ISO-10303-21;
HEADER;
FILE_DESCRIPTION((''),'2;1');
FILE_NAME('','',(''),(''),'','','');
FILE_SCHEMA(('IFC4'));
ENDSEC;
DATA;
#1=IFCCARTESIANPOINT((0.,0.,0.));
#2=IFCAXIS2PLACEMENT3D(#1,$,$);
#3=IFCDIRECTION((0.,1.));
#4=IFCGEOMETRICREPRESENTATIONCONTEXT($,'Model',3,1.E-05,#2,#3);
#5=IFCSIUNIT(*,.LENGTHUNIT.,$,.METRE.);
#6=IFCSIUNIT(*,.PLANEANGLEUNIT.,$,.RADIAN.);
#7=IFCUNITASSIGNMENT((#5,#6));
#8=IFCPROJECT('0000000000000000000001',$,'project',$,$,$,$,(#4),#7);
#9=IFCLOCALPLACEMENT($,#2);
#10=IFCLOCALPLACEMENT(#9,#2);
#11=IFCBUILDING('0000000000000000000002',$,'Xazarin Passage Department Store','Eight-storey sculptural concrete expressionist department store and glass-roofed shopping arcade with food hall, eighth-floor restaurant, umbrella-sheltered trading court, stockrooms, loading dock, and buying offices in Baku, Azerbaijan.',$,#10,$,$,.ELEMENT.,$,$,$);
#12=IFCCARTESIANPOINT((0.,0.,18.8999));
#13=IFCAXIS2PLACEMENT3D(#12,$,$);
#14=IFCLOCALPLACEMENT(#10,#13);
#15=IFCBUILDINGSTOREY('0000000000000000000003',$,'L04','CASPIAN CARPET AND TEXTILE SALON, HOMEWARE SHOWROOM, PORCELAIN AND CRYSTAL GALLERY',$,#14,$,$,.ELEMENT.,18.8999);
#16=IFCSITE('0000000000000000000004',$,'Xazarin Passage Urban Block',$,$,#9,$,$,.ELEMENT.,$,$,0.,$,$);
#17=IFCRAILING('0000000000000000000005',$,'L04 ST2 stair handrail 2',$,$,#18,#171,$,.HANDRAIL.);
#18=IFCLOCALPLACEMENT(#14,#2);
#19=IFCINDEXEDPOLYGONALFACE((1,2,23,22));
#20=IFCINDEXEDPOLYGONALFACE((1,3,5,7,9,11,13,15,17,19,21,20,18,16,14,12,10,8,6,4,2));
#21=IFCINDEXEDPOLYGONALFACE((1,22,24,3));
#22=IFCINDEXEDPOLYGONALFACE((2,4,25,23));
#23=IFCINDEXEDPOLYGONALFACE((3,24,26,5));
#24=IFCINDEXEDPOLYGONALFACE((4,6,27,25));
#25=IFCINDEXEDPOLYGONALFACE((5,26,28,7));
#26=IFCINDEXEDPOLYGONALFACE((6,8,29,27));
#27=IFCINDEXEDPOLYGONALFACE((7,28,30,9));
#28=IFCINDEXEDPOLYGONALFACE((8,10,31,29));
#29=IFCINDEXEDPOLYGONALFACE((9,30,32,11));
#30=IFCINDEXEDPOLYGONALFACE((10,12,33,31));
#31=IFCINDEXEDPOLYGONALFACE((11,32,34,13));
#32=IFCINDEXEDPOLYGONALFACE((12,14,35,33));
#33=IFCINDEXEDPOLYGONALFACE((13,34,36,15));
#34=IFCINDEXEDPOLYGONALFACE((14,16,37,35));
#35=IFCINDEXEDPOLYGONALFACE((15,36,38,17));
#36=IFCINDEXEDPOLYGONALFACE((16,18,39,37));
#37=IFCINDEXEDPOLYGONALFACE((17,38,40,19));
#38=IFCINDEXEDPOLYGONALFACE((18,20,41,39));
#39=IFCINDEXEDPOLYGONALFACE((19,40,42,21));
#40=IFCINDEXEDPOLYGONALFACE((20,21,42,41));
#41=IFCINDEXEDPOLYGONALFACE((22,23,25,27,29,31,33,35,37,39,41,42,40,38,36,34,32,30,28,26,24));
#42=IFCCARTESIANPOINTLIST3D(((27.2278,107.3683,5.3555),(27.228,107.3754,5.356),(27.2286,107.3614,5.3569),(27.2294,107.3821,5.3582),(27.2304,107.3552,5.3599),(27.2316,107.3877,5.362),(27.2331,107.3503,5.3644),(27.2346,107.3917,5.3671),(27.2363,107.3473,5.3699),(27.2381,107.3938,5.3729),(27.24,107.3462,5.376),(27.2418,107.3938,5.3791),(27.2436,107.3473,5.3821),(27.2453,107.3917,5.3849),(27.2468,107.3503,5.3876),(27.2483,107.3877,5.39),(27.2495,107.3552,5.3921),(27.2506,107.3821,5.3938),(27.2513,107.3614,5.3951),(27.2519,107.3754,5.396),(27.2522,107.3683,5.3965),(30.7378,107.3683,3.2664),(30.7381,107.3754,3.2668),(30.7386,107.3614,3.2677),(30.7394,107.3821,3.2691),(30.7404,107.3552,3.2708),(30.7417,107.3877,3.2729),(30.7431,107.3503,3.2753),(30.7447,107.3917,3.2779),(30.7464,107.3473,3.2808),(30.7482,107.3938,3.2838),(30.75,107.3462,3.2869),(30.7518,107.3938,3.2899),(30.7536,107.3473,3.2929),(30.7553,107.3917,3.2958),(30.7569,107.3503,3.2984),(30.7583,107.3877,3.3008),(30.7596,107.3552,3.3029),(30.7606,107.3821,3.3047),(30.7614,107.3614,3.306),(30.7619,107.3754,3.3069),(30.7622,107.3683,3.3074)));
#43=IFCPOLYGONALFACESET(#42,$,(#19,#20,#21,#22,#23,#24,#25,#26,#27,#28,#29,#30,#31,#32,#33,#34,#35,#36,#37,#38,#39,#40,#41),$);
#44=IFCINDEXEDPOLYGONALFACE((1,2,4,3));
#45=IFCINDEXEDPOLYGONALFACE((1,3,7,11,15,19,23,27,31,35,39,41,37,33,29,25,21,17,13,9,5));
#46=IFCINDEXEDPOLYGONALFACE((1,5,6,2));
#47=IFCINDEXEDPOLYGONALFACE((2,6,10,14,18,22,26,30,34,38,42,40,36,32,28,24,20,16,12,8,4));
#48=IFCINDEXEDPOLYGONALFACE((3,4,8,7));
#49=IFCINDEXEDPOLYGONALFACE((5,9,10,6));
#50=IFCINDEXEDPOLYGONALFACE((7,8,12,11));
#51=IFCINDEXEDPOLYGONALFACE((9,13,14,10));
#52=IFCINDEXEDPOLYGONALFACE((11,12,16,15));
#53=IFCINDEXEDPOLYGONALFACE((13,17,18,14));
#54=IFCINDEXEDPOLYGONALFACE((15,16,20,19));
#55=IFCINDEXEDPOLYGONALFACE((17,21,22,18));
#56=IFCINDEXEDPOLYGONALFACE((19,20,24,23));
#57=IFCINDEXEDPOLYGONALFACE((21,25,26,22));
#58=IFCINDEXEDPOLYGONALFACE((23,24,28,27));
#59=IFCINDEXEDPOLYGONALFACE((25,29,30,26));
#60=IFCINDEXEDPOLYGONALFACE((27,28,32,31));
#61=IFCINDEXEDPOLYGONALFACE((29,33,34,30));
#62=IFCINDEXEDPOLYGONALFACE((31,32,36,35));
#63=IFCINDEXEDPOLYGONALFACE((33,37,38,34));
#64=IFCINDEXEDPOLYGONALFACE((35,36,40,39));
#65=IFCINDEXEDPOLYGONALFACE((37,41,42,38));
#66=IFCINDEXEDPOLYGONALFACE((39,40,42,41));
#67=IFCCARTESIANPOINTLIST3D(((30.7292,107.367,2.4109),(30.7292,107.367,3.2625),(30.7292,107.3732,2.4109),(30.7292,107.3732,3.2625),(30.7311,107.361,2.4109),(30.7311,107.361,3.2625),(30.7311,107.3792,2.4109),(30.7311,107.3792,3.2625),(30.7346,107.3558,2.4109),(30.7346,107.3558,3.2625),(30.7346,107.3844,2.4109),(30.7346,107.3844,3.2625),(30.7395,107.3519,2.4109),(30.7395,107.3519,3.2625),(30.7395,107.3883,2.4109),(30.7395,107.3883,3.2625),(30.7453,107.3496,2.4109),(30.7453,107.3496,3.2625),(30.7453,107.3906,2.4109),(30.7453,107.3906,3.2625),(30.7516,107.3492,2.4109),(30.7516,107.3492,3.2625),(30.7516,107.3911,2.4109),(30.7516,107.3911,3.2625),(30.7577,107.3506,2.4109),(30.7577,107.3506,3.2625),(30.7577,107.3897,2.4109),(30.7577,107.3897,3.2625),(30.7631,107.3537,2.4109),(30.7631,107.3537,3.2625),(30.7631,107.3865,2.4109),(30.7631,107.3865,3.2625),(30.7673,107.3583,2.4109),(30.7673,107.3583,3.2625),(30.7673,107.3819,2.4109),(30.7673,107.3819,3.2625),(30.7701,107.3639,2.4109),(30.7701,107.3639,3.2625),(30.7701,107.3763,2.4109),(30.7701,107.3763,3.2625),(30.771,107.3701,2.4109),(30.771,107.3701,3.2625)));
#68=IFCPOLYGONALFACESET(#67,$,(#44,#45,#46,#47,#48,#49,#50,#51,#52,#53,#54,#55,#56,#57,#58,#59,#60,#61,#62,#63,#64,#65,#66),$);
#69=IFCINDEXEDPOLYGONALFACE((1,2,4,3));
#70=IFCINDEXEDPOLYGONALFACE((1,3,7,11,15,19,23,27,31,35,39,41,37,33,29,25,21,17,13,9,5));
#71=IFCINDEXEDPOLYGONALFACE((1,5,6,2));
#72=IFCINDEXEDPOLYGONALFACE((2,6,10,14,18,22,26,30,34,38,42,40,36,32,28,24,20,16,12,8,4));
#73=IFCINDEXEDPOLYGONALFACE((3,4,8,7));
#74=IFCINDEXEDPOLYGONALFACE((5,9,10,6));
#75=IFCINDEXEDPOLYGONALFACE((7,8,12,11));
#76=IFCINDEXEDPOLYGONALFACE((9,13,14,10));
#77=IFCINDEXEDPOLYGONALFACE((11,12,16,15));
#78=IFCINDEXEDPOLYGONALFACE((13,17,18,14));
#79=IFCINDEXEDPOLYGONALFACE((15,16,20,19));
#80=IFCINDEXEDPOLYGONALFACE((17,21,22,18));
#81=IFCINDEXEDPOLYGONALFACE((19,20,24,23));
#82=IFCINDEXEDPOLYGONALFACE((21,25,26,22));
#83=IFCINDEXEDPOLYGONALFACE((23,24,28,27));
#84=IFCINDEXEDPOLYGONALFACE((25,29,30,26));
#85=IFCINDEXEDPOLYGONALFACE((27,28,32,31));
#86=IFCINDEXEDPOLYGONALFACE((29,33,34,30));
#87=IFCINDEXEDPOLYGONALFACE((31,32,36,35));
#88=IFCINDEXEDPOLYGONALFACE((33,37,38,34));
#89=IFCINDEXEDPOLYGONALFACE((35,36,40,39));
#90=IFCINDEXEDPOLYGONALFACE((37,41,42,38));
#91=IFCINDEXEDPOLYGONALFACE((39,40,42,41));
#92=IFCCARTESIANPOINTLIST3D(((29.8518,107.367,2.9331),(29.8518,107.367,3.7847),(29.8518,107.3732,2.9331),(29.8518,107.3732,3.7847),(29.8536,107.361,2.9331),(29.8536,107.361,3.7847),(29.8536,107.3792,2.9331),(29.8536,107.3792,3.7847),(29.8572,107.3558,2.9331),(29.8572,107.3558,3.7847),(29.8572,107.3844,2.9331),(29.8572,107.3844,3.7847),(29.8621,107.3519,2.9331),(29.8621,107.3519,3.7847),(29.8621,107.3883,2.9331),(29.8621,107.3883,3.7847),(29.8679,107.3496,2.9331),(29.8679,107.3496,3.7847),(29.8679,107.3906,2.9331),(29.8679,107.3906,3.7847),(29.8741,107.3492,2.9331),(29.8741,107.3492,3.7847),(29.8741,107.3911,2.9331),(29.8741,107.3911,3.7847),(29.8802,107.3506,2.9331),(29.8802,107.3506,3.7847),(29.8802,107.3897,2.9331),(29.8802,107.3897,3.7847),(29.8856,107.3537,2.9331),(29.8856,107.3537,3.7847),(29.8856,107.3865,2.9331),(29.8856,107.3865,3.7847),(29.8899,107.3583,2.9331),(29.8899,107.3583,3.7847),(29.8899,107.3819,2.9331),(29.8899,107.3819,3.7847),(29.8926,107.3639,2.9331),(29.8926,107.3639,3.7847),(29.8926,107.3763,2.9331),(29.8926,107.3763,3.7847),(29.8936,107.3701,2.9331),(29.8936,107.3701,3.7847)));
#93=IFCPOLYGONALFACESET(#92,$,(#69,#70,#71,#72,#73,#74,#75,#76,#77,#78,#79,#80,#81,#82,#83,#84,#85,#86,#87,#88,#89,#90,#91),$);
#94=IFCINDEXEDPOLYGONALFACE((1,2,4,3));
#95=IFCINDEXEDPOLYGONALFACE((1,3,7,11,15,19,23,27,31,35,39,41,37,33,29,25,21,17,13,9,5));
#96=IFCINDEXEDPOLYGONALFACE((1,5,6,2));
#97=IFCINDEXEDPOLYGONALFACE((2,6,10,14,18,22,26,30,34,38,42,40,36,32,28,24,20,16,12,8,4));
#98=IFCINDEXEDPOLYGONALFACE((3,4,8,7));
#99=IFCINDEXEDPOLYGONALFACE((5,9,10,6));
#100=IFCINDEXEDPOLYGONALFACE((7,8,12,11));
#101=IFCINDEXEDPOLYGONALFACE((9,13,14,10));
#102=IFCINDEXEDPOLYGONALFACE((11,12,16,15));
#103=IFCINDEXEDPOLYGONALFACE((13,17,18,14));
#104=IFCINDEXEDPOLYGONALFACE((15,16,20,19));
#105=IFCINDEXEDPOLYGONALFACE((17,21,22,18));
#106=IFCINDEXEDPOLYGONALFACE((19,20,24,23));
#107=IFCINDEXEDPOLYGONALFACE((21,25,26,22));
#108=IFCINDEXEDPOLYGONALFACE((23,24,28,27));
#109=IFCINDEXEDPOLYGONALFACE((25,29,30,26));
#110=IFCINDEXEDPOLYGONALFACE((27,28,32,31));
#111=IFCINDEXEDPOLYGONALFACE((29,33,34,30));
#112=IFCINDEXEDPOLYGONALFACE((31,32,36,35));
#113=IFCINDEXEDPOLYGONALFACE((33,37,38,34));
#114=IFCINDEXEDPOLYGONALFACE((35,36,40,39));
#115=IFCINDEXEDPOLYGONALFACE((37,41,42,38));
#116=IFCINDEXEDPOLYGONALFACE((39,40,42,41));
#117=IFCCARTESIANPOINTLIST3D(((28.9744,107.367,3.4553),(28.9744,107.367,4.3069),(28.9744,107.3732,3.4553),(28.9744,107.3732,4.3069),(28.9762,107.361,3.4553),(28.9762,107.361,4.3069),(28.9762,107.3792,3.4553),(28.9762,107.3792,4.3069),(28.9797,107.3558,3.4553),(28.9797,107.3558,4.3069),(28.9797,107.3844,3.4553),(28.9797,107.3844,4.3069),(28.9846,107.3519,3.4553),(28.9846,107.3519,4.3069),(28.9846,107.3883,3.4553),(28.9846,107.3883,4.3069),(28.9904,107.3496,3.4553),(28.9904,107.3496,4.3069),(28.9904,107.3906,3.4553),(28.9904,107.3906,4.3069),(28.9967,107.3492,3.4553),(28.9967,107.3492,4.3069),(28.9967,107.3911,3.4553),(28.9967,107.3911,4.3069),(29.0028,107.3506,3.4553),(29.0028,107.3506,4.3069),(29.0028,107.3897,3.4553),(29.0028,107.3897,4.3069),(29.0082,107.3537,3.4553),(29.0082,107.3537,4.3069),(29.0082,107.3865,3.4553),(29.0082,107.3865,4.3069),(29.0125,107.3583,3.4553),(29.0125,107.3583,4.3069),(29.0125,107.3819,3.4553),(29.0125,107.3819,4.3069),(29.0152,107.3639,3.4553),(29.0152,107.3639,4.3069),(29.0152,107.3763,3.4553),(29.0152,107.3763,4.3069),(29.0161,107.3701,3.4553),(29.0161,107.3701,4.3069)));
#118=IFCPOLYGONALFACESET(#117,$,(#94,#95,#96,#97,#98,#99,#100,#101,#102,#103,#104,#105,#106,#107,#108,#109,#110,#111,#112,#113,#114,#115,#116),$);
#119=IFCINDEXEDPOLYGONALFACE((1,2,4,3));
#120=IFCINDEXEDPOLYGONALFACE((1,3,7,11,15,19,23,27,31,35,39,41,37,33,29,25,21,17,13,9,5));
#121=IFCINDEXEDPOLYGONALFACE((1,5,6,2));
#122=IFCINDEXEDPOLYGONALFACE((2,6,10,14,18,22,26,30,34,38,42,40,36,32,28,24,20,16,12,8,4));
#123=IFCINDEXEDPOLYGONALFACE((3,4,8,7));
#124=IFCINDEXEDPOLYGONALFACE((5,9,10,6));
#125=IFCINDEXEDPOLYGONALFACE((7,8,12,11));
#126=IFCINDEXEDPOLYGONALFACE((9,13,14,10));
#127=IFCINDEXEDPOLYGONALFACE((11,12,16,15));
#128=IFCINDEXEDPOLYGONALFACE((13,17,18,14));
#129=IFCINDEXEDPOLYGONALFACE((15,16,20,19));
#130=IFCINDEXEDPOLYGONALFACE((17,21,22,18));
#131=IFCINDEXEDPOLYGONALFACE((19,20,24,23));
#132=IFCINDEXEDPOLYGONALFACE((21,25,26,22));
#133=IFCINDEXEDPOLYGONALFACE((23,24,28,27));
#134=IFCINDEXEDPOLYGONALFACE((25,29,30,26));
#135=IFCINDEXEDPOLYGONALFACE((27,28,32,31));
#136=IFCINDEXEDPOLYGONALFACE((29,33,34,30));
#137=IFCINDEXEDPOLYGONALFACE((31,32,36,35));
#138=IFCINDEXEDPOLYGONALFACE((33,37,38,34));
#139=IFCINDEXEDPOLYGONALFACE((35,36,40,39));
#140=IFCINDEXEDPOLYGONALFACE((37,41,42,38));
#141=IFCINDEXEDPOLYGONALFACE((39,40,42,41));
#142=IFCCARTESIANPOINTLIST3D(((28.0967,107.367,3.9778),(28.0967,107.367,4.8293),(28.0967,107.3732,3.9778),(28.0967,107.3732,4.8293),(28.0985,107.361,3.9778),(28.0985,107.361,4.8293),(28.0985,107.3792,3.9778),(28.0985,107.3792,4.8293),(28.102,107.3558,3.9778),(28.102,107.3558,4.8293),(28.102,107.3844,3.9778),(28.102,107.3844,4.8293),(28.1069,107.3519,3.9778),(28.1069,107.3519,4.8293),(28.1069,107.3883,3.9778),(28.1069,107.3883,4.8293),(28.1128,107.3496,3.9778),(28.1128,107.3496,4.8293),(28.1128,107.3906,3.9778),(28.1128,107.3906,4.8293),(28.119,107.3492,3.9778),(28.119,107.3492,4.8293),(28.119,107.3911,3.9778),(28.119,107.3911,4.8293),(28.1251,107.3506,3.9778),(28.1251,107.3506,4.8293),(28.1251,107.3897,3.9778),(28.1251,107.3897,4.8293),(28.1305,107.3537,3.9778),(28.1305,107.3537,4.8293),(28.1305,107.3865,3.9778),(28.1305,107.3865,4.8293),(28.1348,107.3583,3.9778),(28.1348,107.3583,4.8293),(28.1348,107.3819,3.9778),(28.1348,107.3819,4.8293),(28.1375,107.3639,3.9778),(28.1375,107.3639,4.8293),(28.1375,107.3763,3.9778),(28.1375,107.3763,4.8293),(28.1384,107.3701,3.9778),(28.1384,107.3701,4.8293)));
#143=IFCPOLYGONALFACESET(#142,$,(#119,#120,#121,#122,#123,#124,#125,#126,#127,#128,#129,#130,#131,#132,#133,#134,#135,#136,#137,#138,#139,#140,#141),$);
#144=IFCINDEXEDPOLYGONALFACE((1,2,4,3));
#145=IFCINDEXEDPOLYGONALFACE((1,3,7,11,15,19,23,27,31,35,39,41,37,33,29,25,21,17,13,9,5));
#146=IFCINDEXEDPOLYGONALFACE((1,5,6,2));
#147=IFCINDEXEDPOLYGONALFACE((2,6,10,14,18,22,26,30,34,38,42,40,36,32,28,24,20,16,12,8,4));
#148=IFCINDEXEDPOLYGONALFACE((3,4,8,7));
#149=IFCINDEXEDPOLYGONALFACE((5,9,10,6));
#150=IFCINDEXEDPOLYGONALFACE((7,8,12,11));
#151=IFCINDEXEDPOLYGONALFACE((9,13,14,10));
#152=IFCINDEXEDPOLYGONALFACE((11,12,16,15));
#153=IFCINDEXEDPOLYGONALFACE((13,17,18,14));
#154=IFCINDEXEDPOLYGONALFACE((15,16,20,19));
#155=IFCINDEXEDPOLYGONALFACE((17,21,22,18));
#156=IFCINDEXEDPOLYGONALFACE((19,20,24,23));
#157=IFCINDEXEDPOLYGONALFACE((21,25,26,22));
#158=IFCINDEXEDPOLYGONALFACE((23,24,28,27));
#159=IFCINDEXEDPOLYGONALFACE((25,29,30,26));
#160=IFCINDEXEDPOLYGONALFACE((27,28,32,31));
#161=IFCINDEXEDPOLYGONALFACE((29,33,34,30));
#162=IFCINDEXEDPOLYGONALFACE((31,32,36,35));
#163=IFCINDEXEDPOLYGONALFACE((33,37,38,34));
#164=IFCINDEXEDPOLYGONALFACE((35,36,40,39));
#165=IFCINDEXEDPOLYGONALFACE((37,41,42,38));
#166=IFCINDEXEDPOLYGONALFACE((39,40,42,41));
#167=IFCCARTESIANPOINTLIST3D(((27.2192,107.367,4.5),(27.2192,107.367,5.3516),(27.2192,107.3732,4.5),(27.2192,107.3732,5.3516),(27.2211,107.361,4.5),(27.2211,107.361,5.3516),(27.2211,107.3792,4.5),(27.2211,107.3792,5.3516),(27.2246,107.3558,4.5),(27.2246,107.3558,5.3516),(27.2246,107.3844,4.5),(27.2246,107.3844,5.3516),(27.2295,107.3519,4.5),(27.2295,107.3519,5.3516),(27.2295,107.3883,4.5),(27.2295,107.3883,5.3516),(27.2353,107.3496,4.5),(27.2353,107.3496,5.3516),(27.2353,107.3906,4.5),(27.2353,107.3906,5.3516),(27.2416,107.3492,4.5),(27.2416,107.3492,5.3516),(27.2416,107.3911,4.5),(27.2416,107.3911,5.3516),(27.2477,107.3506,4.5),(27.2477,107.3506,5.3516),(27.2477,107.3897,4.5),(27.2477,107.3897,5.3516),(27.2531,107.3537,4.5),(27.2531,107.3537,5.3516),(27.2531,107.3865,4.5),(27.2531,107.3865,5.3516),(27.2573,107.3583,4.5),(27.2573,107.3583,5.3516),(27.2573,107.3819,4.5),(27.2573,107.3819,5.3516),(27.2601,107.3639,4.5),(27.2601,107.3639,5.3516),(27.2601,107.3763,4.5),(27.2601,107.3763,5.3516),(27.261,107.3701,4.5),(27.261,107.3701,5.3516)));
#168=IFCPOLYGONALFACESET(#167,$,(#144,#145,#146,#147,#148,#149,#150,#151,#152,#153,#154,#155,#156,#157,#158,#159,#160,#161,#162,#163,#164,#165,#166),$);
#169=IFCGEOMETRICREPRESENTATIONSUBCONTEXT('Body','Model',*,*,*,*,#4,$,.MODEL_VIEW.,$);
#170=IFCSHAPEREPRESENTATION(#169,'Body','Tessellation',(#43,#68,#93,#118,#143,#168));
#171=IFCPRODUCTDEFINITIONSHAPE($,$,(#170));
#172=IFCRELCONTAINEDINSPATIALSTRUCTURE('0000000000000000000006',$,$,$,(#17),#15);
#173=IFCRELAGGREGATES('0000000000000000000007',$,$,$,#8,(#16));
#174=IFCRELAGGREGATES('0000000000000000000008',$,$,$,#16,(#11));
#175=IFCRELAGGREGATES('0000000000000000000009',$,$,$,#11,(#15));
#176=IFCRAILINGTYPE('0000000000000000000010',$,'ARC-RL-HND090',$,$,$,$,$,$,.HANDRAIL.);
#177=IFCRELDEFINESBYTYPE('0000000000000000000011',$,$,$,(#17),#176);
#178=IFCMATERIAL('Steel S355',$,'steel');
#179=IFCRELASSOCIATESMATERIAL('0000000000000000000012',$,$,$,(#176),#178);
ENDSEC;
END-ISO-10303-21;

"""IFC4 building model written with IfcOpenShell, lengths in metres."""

from ifc_helpers import new_model, si_unit, direction, frame, origin, origin_2d, place, context, subcontext, project, spatial, circle, extrude, material, type_object, element, save


model = new_model("IFC4")

# Units and contexts
model_context = context("Model", 3, precision=1e-05, world=origin(), true_north=direction((0.0, 1.0)))
body_context = subcontext(model_context, "Body", "Model", "MODEL_VIEW")
ifc_project = project(units=[si_unit("LENGTHUNIT", "METRE"), si_unit("PLANEANGLEUNIT", "RADIAN")], contexts=[model_context])

# Site, building, storey
site_placement = place(None, origin())
site = spatial("IfcSite", under=ifc_project, at=site_placement, Name="Xazarin Passage Urban Block", CompositionType="ELEMENT", RefElevation=0.0)
building_placement = place(site_placement, origin())
building = spatial("IfcBuilding", under=site, at=building_placement, Name="Xazarin Passage Department Store", Description="Eight-storey sculptural concrete expressionist department store and glass-roofed shopping arcade with food hall, eighth-floor restaurant, umbrella-sheltered trading court, stockrooms, loading dock, and buying offices in Baku, Azerbaijan.", CompositionType="ELEMENT")
storey_placement = place(building_placement, frame((0.0, 0.0, 18.8999)))
storey = spatial("IfcBuildingStorey", under=building, at=storey_placement, Name="L04", Description="CASPIAN CARPET AND TEXTILE SALON, HOMEWARE SHOWROOM, PORCELAIN AND CRYSTAL GALLERY", CompositionType="ELEMENT", Elevation=18.8999)

# Shared definitions
ifc_material_1 = material(Name="Steel S355", Category="steel")

# Railing
railing_type_1 = type_object("IfcRailingType", Name="ARC-RL-HND090", PredefinedType="HANDRAIL", material=ifc_material_1)
railing_1_placement = place(storey_placement, frame((30.75, 107.3701, 2.4109)))
element("IfcRailing", 1, at=railing_1_placement, inside=storey, type_object=railing_type_1, Name="L04 ST2 stair handrail 2", PredefinedType="HANDRAIL", context=body_context, shape_type="SweptSolid", body=[
    extrude(circle(Radius=0.0239, at=origin_2d()), frame((0.0, 0.0, 0.876), z_axis=(-0.859312, 0.0, 0.511451), x_axis=(0.0, -1.0, 0.0)), (0.0, 0.0, 1.0), 4.0847),
    extrude(circle(Radius=0.021, at=origin_2d()), origin(), (0.0, 0.0, 1.0), 0.8516),
    extrude(circle(Radius=0.021, at=origin_2d()), frame((-0.8774, 0.0, 0.5222)), (0.0, 0.0, 1.0), 0.8516),
    extrude(circle(Radius=0.021, at=origin_2d()), frame((-1.7549, 0.0, 1.0444)), (0.0, 0.0, 1.0), 0.8516),
    extrude(circle(Radius=0.021, at=origin_2d()), frame((-2.6326, 0.0, 1.5669)), (0.0, 0.0, 1.0), 0.8516),
    extrude(circle(Radius=0.021, at=origin_2d()), frame((-3.51, 0.0, 2.0891)), (0.0, 0.0, 1.0), 0.8516),
])

save(model, "model.ifc")
